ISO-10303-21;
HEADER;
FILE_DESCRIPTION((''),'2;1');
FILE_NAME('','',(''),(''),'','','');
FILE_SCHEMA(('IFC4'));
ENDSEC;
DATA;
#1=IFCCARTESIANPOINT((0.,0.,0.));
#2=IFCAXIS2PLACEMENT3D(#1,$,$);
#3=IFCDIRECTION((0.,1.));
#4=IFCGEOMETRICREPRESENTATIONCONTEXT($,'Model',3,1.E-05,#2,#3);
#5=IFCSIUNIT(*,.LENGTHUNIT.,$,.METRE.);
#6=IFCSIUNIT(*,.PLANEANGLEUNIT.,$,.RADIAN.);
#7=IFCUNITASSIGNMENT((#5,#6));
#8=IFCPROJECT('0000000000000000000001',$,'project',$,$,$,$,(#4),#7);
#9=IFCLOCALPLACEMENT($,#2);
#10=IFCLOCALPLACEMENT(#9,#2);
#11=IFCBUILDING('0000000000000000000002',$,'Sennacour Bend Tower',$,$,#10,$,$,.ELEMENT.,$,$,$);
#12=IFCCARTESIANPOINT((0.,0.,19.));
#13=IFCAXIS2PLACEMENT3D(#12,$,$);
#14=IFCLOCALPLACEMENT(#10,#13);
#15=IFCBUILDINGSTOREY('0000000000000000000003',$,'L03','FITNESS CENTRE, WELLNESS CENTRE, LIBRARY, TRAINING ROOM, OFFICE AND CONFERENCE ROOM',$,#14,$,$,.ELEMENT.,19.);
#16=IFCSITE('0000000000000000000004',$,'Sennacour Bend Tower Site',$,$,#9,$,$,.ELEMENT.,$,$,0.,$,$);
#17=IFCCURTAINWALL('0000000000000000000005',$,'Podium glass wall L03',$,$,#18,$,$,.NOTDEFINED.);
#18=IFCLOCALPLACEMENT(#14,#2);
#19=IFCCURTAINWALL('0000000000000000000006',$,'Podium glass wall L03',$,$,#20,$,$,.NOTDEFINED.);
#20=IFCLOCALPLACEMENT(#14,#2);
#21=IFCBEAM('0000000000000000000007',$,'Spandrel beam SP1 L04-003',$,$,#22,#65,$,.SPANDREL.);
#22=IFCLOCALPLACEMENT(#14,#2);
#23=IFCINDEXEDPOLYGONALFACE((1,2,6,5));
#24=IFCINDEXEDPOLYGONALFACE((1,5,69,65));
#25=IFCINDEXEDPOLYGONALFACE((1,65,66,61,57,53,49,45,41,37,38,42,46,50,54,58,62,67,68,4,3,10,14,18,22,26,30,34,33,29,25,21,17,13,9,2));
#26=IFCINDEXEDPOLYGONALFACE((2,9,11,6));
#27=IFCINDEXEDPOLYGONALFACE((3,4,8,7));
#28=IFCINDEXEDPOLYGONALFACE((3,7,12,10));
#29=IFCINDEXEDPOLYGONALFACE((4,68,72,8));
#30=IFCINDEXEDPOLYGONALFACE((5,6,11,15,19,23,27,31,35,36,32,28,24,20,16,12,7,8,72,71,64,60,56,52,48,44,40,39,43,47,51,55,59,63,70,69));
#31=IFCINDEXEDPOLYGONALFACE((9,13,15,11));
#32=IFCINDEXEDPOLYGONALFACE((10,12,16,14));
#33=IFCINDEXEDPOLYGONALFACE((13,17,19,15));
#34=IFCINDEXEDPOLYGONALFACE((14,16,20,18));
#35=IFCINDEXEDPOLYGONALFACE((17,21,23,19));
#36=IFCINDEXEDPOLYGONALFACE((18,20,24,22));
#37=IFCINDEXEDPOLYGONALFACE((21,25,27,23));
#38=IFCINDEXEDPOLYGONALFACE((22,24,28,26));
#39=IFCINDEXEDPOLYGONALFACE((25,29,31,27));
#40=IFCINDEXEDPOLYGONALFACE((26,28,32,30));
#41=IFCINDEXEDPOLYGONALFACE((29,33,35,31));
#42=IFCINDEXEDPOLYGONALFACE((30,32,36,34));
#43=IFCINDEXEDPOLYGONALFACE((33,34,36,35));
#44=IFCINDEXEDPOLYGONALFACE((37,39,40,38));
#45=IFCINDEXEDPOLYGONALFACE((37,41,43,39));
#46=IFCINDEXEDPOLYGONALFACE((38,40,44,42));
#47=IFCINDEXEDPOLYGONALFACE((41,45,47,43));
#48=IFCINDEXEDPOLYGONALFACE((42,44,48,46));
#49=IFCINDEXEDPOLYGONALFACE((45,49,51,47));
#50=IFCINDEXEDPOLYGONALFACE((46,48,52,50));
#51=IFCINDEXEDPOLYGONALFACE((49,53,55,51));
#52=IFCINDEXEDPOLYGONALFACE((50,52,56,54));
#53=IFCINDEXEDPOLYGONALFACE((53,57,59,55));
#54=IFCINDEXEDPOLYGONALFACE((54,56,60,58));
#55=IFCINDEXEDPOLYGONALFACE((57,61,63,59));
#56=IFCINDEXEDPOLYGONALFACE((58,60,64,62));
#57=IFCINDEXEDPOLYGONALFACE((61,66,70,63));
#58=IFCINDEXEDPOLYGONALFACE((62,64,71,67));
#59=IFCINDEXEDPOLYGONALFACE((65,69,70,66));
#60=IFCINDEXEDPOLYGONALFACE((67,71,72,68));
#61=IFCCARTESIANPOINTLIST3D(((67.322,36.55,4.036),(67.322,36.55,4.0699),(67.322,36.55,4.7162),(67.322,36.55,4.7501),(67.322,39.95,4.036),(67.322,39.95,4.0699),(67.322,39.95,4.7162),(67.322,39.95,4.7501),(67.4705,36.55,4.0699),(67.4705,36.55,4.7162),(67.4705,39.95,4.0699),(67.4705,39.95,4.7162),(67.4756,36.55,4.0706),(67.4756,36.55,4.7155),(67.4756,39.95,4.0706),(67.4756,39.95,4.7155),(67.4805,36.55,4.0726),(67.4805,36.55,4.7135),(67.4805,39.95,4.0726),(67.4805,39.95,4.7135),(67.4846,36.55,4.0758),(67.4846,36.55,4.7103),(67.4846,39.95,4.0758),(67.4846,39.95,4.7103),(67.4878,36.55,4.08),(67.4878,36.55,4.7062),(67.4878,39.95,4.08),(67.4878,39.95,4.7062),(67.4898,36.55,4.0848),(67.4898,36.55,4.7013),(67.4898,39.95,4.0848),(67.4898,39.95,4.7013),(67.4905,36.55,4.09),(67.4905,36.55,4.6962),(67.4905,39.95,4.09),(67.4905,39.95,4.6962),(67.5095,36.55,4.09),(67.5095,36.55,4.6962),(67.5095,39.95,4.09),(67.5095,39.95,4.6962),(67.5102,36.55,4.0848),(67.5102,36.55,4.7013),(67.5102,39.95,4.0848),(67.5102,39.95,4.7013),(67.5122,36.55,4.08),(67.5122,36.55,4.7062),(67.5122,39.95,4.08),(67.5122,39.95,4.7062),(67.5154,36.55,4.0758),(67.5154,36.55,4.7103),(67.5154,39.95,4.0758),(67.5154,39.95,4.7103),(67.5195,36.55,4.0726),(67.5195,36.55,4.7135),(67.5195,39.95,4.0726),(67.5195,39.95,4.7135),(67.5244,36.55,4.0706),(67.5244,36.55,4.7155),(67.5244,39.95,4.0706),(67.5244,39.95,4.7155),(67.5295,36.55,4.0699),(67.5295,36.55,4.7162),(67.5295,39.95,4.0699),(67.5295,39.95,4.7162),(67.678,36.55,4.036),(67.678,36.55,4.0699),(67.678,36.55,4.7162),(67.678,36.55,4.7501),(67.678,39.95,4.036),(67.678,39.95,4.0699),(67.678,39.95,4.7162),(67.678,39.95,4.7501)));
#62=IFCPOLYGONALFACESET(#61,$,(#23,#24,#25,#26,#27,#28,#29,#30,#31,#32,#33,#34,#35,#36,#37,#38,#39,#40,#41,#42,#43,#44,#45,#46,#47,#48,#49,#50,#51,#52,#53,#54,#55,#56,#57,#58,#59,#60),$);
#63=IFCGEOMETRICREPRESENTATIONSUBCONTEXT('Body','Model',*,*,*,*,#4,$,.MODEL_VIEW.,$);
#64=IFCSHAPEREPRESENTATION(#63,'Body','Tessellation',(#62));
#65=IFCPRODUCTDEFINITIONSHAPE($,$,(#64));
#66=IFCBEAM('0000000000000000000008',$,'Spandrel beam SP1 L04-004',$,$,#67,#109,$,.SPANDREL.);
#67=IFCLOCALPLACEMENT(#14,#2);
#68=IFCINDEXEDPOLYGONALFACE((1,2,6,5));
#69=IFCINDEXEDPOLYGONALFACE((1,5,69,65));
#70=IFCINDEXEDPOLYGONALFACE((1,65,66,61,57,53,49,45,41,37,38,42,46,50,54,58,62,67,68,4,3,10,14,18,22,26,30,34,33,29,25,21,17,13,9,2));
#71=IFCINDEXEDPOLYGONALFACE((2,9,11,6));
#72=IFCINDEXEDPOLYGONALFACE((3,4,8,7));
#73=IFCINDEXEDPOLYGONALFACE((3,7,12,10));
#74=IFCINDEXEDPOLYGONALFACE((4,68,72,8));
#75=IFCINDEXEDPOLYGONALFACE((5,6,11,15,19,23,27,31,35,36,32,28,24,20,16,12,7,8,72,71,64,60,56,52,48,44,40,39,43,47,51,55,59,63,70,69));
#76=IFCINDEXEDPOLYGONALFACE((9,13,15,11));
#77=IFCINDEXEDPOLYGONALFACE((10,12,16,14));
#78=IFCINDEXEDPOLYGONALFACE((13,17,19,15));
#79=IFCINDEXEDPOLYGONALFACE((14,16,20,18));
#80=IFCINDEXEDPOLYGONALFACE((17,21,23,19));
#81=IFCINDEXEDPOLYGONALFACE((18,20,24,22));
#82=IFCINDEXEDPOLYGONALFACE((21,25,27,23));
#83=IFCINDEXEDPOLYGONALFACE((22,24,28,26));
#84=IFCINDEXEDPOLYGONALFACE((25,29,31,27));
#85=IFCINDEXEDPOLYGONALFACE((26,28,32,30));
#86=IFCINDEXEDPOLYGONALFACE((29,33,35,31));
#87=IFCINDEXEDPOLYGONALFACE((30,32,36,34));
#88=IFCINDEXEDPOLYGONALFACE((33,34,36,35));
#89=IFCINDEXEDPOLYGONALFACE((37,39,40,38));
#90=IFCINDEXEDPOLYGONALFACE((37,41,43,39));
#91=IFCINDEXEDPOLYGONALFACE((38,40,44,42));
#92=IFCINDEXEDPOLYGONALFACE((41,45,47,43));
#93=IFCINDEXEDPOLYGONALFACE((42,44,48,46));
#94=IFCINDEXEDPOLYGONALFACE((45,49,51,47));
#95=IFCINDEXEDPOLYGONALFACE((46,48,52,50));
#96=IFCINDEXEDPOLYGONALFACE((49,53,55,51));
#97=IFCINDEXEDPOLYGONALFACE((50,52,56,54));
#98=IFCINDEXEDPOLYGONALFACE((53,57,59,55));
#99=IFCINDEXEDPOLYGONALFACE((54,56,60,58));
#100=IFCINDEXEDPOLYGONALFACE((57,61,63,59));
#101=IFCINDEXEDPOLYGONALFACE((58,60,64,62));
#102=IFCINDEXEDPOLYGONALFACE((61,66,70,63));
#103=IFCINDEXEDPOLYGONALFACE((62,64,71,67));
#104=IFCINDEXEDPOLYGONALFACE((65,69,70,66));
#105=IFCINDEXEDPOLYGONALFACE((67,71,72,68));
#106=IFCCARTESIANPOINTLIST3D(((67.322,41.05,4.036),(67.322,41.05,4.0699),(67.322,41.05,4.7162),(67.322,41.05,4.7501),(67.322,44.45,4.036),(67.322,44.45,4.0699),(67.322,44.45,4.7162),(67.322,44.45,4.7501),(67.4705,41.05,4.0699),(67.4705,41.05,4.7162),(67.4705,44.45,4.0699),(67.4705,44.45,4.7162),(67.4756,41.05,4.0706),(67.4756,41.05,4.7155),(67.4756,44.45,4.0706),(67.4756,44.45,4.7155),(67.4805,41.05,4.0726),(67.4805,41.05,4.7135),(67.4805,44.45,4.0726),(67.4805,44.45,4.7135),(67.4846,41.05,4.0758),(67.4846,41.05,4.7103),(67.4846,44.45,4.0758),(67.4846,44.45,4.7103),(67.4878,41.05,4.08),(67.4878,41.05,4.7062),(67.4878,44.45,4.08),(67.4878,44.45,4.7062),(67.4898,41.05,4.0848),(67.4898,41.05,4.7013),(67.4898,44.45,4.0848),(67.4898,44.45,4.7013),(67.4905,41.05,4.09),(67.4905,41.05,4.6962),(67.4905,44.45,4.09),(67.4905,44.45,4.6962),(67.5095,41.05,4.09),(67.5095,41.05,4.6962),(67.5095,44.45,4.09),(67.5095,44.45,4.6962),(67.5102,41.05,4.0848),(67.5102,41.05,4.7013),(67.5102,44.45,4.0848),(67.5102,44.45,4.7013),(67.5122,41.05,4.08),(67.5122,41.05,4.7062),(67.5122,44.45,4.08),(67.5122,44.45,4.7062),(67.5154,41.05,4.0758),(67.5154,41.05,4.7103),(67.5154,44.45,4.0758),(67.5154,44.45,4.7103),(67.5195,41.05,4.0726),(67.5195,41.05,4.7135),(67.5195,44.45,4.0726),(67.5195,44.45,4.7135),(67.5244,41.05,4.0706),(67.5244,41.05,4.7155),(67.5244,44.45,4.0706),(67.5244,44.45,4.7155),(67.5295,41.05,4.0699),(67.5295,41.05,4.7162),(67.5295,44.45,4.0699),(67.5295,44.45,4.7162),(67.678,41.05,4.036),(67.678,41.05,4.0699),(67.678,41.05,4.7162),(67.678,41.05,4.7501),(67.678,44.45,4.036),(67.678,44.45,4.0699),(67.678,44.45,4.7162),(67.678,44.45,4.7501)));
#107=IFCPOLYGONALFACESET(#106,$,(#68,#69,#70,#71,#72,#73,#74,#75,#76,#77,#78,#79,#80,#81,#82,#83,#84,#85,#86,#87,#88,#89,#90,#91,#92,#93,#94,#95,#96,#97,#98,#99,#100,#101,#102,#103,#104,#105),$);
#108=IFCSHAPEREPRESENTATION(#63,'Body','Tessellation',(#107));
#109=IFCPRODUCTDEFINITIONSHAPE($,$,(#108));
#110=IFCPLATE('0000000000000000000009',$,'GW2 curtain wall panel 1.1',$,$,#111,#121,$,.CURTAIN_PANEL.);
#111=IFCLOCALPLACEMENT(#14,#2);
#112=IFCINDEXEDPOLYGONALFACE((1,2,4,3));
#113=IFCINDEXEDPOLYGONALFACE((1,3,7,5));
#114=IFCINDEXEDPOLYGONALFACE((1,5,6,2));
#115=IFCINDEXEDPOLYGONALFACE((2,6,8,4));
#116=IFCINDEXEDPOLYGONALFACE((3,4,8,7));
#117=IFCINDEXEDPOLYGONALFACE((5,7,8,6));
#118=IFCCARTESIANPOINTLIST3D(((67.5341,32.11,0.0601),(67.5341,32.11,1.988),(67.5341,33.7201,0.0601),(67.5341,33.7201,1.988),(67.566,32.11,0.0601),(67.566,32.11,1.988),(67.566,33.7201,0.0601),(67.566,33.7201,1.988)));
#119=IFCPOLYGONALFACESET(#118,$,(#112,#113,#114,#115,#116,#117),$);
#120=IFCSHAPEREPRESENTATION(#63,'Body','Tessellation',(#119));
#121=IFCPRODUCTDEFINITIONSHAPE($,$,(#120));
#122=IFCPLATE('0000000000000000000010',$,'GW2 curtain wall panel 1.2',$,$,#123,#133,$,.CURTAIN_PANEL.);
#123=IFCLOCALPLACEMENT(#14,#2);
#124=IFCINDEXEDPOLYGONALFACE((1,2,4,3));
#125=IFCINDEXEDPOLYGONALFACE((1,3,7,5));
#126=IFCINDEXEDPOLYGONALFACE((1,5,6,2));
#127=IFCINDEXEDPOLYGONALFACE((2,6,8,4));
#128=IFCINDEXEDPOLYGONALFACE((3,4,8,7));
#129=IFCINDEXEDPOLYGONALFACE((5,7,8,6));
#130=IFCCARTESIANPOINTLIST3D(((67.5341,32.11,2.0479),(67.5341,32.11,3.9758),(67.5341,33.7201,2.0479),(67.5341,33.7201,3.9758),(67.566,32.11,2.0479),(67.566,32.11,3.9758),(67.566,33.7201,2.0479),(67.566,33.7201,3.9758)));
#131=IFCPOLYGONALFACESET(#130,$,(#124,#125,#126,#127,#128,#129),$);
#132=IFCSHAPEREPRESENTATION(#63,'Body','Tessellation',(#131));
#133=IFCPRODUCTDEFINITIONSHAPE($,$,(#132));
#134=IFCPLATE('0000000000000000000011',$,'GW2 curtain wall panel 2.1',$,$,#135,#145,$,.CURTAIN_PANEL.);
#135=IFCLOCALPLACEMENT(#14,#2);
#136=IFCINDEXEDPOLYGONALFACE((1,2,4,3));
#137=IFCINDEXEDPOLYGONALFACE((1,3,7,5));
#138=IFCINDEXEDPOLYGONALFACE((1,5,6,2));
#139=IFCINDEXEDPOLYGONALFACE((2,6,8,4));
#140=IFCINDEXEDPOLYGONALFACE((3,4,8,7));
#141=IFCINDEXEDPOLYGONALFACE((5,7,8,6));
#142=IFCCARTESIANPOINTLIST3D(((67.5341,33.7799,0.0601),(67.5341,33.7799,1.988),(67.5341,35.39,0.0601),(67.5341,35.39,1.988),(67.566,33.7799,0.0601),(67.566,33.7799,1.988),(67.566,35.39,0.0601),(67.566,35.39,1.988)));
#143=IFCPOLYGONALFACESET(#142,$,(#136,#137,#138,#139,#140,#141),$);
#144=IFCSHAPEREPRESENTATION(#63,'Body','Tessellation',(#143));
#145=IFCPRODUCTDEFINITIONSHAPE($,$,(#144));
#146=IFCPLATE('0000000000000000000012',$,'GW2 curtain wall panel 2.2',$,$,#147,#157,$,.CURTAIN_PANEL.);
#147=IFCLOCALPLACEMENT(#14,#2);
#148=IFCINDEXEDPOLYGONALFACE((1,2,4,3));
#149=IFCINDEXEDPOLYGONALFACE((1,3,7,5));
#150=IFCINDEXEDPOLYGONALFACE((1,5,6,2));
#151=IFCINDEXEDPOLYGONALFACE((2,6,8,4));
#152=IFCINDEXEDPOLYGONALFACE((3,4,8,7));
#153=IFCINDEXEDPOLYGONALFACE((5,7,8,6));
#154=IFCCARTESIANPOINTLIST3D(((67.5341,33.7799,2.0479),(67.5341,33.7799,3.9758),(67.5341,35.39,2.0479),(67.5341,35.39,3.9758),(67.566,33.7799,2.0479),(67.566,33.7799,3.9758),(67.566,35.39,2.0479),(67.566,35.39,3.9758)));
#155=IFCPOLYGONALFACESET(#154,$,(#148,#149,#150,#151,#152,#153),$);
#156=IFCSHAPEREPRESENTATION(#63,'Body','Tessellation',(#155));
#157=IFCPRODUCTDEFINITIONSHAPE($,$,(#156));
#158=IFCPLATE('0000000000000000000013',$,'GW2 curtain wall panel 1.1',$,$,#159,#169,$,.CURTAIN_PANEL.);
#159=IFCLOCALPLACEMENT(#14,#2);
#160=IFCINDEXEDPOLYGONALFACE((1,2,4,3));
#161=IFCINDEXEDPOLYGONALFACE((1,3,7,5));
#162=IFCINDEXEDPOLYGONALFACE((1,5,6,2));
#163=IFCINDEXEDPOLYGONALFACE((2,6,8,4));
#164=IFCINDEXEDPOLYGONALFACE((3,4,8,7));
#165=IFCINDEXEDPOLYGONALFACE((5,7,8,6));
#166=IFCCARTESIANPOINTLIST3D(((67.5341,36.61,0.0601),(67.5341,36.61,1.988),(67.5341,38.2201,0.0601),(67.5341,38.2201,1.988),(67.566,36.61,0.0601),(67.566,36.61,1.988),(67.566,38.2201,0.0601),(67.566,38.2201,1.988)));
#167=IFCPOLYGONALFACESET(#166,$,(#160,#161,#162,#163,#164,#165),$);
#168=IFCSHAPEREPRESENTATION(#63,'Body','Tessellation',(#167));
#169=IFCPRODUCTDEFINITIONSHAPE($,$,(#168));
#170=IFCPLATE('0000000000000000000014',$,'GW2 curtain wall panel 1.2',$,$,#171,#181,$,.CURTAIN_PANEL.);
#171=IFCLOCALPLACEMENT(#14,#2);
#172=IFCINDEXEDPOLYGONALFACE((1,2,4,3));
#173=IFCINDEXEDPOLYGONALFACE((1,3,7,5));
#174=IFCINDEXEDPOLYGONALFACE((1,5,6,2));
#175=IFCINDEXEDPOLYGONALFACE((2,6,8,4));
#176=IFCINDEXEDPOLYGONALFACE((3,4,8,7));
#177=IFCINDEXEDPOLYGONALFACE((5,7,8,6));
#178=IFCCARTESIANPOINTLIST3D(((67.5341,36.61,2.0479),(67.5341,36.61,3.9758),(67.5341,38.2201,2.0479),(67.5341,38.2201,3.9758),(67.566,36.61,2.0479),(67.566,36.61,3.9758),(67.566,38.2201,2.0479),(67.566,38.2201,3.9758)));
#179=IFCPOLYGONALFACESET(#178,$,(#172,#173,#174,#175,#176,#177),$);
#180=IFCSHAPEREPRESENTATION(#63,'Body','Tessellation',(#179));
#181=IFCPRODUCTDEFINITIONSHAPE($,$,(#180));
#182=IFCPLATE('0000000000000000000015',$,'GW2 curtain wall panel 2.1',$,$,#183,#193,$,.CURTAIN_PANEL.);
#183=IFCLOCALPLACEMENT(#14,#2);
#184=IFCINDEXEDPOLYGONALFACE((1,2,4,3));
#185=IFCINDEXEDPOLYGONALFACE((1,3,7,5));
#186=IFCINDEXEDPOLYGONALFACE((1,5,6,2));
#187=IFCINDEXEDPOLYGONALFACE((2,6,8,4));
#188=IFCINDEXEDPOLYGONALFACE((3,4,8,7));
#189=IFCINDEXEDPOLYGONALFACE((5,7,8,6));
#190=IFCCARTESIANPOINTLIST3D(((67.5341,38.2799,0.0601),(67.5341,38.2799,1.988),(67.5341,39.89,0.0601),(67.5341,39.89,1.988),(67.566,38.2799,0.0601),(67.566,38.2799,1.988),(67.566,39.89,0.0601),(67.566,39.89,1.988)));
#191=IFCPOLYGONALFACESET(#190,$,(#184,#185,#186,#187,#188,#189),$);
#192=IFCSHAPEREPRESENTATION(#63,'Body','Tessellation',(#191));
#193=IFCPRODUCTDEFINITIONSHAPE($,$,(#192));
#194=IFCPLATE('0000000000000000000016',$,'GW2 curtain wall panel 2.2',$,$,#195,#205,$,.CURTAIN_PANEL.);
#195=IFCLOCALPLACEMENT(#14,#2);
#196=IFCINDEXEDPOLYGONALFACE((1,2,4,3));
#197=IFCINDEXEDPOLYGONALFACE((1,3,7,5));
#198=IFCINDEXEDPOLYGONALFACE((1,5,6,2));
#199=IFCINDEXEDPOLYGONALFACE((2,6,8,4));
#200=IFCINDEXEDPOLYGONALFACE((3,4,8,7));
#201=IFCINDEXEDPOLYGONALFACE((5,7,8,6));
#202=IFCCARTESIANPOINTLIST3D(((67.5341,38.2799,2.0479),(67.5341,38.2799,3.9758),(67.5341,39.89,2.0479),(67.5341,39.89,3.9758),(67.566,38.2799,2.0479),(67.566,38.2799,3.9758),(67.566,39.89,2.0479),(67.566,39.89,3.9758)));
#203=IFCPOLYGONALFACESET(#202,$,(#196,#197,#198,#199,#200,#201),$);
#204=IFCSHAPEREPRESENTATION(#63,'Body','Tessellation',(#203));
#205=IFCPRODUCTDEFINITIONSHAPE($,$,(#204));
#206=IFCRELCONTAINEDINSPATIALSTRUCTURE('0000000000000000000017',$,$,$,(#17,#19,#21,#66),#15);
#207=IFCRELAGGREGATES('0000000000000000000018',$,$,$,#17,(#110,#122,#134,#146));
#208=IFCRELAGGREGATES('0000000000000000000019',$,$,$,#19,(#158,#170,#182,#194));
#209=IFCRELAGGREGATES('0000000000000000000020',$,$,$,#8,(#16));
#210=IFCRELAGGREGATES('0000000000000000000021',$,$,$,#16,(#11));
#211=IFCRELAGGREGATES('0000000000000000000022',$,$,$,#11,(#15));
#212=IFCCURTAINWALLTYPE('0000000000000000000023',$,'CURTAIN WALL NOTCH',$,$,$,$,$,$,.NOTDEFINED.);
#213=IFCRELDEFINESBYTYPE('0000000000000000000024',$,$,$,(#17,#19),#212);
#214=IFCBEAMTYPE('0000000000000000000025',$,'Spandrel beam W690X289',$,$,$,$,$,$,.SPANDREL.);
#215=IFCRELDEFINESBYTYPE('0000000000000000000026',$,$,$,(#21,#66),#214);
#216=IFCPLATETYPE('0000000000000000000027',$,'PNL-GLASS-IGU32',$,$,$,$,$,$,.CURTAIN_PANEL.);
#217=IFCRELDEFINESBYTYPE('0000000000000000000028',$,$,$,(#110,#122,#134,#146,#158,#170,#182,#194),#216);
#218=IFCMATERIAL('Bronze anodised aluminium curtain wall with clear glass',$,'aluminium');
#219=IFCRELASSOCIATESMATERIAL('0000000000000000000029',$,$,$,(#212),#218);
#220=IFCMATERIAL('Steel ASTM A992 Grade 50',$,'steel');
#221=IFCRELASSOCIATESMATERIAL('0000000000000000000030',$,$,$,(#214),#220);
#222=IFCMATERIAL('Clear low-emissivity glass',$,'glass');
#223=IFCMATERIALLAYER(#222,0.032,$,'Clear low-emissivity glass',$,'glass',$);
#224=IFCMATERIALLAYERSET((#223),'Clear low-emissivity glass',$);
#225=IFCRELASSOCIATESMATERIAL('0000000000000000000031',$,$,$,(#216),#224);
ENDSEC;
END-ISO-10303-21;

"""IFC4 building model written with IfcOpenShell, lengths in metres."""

from ifc_helpers import new_model, si_unit, direction, frame, origin, origin_2d, place, context, subcontext, project, spatial, rectangle, i_section, extrude, material, layer, layer_set, material_profile, profile_set, type_object, element, aggregate, save


model = new_model("IFC4")

# Units and contexts
model_context = context("Model", 3, precision=1e-05, world=origin(), true_north=direction((0.0, 1.0)))
body_context = subcontext(model_context, "Body", "Model", "MODEL_VIEW")
ifc_project = project(units=[si_unit("LENGTHUNIT", "METRE"), si_unit("PLANEANGLEUNIT", "RADIAN")], contexts=[model_context])

# Site, building, storey
site_placement = place(None, origin())
site = spatial("IfcSite", under=ifc_project, at=site_placement, Name="Sennacour Bend Tower Site", CompositionType="ELEMENT", RefElevation=0.0)
building_placement = place(site_placement, origin())
building = spatial("IfcBuilding", under=site, at=building_placement, Name="Sennacour Bend Tower", CompositionType="ELEMENT")
storey_placement = place(building_placement, frame((0.0, 0.0, 19.0)))
storey = spatial("IfcBuildingStorey", under=building, at=storey_placement, Name="L03", Description="FITNESS CENTRE, WELLNESS CENTRE, LIBRARY, TRAINING ROOM, OFFICE AND CONFERENCE ROOM", CompositionType="ELEMENT", Elevation=19.0)

# Curtain walls
ifc_material_1 = material(Name="Bronze anodised aluminium curtain wall with clear glass", Category="aluminium")
curtain_wall_type = type_object("IfcCurtainWallType", Name="CURTAIN WALL NOTCH", PredefinedType="NOTDEFINED", material=ifc_material_1)
curtain_wall_1_placement = place(storey_placement, origin())
curtain_wall_1 = element("IfcCurtainWall", 1, at=curtain_wall_1_placement, inside=storey, type_object=curtain_wall_type, Name="Podium glass wall L03", PredefinedType="NOTDEFINED")
curtain_wall_2_placement = place(storey_placement, origin())
curtain_wall_2 = element("IfcCurtainWall", 2, at=curtain_wall_2_placement, inside=storey, type_object=curtain_wall_type, Name="Podium glass wall L03", PredefinedType="NOTDEFINED")

# Beams
ifc_material_2 = material(Name="Steel ASTM A992 Grade 50", Category="steel")
ifc_material_profile_1 = material_profile(ifc_material_2, i_section(OverallWidth=0.356, OverallDepth=0.7141, WebThickness=0.019, FlangeThickness=0.0339, FilletRadius=0.02, at=origin_2d()), Name="Steel ASTM A992 Grade 50", Category="steel")
ifc_profile_set_1 = profile_set([ifc_material_profile_1], Name="Steel ASTM A992 Grade 50")
beam_type = type_object("IfcBeamType", Name="Spandrel beam W690X289", PredefinedType="SPANDREL", material=ifc_profile_set_1)
for number, where, z_axis, x_axis, name in (
    (3, (67.5, 36.55, 4.3931), (0.0, 1.0, 0.0), (-1.0, 0.0, 0.0), "Spandrel beam SP1 L04-003"),
    (4, (67.5, 41.05, 4.3931), (0.0, 1.0, 0.0), (-1.0, 0.0, 0.0), "Spandrel beam SP1 L04-004"),
):
    element("IfcBeam", number, at=place(storey_placement, frame(where, z_axis=z_axis, x_axis=x_axis)), inside=storey, type_object=beam_type, Name=name, PredefinedType="SPANDREL", context=body_context, shape_type="SweptSolid", body=[
        extrude(i_section(OverallWidth=0.356, OverallDepth=0.7141, WebThickness=0.019, FlangeThickness=0.0339, FilletRadius=0.02, at=origin_2d()), origin(), (0.0, 0.0, 1.0), 3.3999),
    ])

# Plates
ifc_material_3 = material(Name="Clear low-emissivity glass", Category="glass")
ifc_layer = layer(ifc_material_3, 0.032, Name="Clear low-emissivity glass", Category="glass")
ifc_layer_set = layer_set([ifc_layer], Name="Clear low-emissivity glass")
plate_type = type_object("IfcPlateType", Name="PNL-GLASS-IGU32", PredefinedType="CURTAIN_PANEL", material=ifc_layer_set)
plate_1_placement = place(storey_placement, frame((67.55, 32.915, 0.0601), z_axis=(0.0, 0.0, 1.0), x_axis=(0.0, 1.0, 0.0)))
plate_1 = element("IfcPlate", 5, at=plate_1_placement, type_object=plate_type, Name="GW2 curtain wall panel 1.1", PredefinedType="CURTAIN_PANEL", context=body_context, shape_type="SweptSolid", body=[
    extrude(rectangle(XDim=1.6101, YDim=0.032, at=origin_2d()), origin(), (0.0, 0.0, 1.0), 1.928),
])
plate_2_placement = place(storey_placement, frame((67.55, 32.915, 2.0479), z_axis=(0.0, 0.0, 1.0), x_axis=(0.0, 1.0, 0.0)))
plate_2 = element("IfcPlate", 6, at=plate_2_placement, type_object=plate_type, Name="GW2 curtain wall panel 1.2", PredefinedType="CURTAIN_PANEL", context=body_context, shape_type="SweptSolid", body=[
    extrude(rectangle(XDim=1.6101, YDim=0.032, at=origin_2d()), origin(), (0.0, 0.0, 1.0), 1.928),
])
plate_3_placement = place(storey_placement, frame((67.55, 34.585, 0.0601), z_axis=(0.0, 0.0, 1.0), x_axis=(0.0, 1.0, 0.0)))
plate_3 = element("IfcPlate", 7, at=plate_3_placement, type_object=plate_type, Name="GW2 curtain wall panel 2.1", PredefinedType="CURTAIN_PANEL", context=body_context, shape_type="SweptSolid", body=[
    extrude(rectangle(XDim=1.6101, YDim=0.032, at=origin_2d()), origin(), (0.0, 0.0, 1.0), 1.928),
])
plate_4_placement = place(storey_placement, frame((67.55, 34.585, 2.0479), z_axis=(0.0, 0.0, 1.0), x_axis=(0.0, 1.0, 0.0)))
plate_4 = element("IfcPlate", 8, at=plate_4_placement, type_object=plate_type, Name="GW2 curtain wall panel 2.2", PredefinedType="CURTAIN_PANEL", context=body_context, shape_type="SweptSolid", body=[
    extrude(rectangle(XDim=1.6101, YDim=0.032, at=origin_2d()), origin(), (0.0, 0.0, 1.0), 1.928),
])
aggregate(curtain_wall_1, [plate_1, plate_2, plate_3, plate_4])
plate_5_placement = place(storey_placement, frame((67.55, 37.415, 0.0601), z_axis=(0.0, 0.0, 1.0), x_axis=(0.0, 1.0, 0.0)))
plate_5 = element("IfcPlate", 9, at=plate_5_placement, type_object=plate_type, Name="GW2 curtain wall panel 1.1", PredefinedType="CURTAIN_PANEL", context=body_context, shape_type="SweptSolid", body=[
    extrude(rectangle(XDim=1.6101, YDim=0.032, at=origin_2d()), origin(), (0.0, 0.0, 1.0), 1.928),
])
plate_6_placement = place(storey_placement, frame((67.55, 37.415, 2.0479), z_axis=(0.0, 0.0, 1.0), x_axis=(0.0, 1.0, 0.0)))
plate_6 = element("IfcPlate", 10, at=plate_6_placement, type_object=plate_type, Name="GW2 curtain wall panel 1.2", PredefinedType="CURTAIN_PANEL", context=body_context, shape_type="SweptSolid", body=[
    extrude(rectangle(XDim=1.6101, YDim=0.032, at=origin_2d()), origin(), (0.0, 0.0, 1.0), 1.928),
])
plate_7_placement = place(storey_placement, frame((67.55, 39.085, 0.0601), z_axis=(0.0, 0.0, 1.0), x_axis=(0.0, 1.0, 0.0)))
plate_7 = element("IfcPlate", 11, at=plate_7_placement, type_object=plate_type, Name="GW2 curtain wall panel 2.1", PredefinedType="CURTAIN_PANEL", context=body_context, shape_type="SweptSolid", body=[
    extrude(rectangle(XDim=1.6101, YDim=0.032, at=origin_2d()), origin(), (0.0, 0.0, 1.0), 1.928),
])
plate_8_placement = place(storey_placement, frame((67.55, 39.085, 2.0479), z_axis=(0.0, 0.0, 1.0), x_axis=(0.0, 1.0, 0.0)))
plate_8 = element("IfcPlate", 12, at=plate_8_placement, type_object=plate_type, Name="GW2 curtain wall panel 2.2", PredefinedType="CURTAIN_PANEL", context=body_context, shape_type="SweptSolid", body=[
    extrude(rectangle(XDim=1.6101, YDim=0.032, at=origin_2d()), origin(), (0.0, 0.0, 1.0), 1.928),
])
aggregate(curtain_wall_2, [plate_5, plate_6, plate_7, plate_8])

save(model, "model.ifc")
